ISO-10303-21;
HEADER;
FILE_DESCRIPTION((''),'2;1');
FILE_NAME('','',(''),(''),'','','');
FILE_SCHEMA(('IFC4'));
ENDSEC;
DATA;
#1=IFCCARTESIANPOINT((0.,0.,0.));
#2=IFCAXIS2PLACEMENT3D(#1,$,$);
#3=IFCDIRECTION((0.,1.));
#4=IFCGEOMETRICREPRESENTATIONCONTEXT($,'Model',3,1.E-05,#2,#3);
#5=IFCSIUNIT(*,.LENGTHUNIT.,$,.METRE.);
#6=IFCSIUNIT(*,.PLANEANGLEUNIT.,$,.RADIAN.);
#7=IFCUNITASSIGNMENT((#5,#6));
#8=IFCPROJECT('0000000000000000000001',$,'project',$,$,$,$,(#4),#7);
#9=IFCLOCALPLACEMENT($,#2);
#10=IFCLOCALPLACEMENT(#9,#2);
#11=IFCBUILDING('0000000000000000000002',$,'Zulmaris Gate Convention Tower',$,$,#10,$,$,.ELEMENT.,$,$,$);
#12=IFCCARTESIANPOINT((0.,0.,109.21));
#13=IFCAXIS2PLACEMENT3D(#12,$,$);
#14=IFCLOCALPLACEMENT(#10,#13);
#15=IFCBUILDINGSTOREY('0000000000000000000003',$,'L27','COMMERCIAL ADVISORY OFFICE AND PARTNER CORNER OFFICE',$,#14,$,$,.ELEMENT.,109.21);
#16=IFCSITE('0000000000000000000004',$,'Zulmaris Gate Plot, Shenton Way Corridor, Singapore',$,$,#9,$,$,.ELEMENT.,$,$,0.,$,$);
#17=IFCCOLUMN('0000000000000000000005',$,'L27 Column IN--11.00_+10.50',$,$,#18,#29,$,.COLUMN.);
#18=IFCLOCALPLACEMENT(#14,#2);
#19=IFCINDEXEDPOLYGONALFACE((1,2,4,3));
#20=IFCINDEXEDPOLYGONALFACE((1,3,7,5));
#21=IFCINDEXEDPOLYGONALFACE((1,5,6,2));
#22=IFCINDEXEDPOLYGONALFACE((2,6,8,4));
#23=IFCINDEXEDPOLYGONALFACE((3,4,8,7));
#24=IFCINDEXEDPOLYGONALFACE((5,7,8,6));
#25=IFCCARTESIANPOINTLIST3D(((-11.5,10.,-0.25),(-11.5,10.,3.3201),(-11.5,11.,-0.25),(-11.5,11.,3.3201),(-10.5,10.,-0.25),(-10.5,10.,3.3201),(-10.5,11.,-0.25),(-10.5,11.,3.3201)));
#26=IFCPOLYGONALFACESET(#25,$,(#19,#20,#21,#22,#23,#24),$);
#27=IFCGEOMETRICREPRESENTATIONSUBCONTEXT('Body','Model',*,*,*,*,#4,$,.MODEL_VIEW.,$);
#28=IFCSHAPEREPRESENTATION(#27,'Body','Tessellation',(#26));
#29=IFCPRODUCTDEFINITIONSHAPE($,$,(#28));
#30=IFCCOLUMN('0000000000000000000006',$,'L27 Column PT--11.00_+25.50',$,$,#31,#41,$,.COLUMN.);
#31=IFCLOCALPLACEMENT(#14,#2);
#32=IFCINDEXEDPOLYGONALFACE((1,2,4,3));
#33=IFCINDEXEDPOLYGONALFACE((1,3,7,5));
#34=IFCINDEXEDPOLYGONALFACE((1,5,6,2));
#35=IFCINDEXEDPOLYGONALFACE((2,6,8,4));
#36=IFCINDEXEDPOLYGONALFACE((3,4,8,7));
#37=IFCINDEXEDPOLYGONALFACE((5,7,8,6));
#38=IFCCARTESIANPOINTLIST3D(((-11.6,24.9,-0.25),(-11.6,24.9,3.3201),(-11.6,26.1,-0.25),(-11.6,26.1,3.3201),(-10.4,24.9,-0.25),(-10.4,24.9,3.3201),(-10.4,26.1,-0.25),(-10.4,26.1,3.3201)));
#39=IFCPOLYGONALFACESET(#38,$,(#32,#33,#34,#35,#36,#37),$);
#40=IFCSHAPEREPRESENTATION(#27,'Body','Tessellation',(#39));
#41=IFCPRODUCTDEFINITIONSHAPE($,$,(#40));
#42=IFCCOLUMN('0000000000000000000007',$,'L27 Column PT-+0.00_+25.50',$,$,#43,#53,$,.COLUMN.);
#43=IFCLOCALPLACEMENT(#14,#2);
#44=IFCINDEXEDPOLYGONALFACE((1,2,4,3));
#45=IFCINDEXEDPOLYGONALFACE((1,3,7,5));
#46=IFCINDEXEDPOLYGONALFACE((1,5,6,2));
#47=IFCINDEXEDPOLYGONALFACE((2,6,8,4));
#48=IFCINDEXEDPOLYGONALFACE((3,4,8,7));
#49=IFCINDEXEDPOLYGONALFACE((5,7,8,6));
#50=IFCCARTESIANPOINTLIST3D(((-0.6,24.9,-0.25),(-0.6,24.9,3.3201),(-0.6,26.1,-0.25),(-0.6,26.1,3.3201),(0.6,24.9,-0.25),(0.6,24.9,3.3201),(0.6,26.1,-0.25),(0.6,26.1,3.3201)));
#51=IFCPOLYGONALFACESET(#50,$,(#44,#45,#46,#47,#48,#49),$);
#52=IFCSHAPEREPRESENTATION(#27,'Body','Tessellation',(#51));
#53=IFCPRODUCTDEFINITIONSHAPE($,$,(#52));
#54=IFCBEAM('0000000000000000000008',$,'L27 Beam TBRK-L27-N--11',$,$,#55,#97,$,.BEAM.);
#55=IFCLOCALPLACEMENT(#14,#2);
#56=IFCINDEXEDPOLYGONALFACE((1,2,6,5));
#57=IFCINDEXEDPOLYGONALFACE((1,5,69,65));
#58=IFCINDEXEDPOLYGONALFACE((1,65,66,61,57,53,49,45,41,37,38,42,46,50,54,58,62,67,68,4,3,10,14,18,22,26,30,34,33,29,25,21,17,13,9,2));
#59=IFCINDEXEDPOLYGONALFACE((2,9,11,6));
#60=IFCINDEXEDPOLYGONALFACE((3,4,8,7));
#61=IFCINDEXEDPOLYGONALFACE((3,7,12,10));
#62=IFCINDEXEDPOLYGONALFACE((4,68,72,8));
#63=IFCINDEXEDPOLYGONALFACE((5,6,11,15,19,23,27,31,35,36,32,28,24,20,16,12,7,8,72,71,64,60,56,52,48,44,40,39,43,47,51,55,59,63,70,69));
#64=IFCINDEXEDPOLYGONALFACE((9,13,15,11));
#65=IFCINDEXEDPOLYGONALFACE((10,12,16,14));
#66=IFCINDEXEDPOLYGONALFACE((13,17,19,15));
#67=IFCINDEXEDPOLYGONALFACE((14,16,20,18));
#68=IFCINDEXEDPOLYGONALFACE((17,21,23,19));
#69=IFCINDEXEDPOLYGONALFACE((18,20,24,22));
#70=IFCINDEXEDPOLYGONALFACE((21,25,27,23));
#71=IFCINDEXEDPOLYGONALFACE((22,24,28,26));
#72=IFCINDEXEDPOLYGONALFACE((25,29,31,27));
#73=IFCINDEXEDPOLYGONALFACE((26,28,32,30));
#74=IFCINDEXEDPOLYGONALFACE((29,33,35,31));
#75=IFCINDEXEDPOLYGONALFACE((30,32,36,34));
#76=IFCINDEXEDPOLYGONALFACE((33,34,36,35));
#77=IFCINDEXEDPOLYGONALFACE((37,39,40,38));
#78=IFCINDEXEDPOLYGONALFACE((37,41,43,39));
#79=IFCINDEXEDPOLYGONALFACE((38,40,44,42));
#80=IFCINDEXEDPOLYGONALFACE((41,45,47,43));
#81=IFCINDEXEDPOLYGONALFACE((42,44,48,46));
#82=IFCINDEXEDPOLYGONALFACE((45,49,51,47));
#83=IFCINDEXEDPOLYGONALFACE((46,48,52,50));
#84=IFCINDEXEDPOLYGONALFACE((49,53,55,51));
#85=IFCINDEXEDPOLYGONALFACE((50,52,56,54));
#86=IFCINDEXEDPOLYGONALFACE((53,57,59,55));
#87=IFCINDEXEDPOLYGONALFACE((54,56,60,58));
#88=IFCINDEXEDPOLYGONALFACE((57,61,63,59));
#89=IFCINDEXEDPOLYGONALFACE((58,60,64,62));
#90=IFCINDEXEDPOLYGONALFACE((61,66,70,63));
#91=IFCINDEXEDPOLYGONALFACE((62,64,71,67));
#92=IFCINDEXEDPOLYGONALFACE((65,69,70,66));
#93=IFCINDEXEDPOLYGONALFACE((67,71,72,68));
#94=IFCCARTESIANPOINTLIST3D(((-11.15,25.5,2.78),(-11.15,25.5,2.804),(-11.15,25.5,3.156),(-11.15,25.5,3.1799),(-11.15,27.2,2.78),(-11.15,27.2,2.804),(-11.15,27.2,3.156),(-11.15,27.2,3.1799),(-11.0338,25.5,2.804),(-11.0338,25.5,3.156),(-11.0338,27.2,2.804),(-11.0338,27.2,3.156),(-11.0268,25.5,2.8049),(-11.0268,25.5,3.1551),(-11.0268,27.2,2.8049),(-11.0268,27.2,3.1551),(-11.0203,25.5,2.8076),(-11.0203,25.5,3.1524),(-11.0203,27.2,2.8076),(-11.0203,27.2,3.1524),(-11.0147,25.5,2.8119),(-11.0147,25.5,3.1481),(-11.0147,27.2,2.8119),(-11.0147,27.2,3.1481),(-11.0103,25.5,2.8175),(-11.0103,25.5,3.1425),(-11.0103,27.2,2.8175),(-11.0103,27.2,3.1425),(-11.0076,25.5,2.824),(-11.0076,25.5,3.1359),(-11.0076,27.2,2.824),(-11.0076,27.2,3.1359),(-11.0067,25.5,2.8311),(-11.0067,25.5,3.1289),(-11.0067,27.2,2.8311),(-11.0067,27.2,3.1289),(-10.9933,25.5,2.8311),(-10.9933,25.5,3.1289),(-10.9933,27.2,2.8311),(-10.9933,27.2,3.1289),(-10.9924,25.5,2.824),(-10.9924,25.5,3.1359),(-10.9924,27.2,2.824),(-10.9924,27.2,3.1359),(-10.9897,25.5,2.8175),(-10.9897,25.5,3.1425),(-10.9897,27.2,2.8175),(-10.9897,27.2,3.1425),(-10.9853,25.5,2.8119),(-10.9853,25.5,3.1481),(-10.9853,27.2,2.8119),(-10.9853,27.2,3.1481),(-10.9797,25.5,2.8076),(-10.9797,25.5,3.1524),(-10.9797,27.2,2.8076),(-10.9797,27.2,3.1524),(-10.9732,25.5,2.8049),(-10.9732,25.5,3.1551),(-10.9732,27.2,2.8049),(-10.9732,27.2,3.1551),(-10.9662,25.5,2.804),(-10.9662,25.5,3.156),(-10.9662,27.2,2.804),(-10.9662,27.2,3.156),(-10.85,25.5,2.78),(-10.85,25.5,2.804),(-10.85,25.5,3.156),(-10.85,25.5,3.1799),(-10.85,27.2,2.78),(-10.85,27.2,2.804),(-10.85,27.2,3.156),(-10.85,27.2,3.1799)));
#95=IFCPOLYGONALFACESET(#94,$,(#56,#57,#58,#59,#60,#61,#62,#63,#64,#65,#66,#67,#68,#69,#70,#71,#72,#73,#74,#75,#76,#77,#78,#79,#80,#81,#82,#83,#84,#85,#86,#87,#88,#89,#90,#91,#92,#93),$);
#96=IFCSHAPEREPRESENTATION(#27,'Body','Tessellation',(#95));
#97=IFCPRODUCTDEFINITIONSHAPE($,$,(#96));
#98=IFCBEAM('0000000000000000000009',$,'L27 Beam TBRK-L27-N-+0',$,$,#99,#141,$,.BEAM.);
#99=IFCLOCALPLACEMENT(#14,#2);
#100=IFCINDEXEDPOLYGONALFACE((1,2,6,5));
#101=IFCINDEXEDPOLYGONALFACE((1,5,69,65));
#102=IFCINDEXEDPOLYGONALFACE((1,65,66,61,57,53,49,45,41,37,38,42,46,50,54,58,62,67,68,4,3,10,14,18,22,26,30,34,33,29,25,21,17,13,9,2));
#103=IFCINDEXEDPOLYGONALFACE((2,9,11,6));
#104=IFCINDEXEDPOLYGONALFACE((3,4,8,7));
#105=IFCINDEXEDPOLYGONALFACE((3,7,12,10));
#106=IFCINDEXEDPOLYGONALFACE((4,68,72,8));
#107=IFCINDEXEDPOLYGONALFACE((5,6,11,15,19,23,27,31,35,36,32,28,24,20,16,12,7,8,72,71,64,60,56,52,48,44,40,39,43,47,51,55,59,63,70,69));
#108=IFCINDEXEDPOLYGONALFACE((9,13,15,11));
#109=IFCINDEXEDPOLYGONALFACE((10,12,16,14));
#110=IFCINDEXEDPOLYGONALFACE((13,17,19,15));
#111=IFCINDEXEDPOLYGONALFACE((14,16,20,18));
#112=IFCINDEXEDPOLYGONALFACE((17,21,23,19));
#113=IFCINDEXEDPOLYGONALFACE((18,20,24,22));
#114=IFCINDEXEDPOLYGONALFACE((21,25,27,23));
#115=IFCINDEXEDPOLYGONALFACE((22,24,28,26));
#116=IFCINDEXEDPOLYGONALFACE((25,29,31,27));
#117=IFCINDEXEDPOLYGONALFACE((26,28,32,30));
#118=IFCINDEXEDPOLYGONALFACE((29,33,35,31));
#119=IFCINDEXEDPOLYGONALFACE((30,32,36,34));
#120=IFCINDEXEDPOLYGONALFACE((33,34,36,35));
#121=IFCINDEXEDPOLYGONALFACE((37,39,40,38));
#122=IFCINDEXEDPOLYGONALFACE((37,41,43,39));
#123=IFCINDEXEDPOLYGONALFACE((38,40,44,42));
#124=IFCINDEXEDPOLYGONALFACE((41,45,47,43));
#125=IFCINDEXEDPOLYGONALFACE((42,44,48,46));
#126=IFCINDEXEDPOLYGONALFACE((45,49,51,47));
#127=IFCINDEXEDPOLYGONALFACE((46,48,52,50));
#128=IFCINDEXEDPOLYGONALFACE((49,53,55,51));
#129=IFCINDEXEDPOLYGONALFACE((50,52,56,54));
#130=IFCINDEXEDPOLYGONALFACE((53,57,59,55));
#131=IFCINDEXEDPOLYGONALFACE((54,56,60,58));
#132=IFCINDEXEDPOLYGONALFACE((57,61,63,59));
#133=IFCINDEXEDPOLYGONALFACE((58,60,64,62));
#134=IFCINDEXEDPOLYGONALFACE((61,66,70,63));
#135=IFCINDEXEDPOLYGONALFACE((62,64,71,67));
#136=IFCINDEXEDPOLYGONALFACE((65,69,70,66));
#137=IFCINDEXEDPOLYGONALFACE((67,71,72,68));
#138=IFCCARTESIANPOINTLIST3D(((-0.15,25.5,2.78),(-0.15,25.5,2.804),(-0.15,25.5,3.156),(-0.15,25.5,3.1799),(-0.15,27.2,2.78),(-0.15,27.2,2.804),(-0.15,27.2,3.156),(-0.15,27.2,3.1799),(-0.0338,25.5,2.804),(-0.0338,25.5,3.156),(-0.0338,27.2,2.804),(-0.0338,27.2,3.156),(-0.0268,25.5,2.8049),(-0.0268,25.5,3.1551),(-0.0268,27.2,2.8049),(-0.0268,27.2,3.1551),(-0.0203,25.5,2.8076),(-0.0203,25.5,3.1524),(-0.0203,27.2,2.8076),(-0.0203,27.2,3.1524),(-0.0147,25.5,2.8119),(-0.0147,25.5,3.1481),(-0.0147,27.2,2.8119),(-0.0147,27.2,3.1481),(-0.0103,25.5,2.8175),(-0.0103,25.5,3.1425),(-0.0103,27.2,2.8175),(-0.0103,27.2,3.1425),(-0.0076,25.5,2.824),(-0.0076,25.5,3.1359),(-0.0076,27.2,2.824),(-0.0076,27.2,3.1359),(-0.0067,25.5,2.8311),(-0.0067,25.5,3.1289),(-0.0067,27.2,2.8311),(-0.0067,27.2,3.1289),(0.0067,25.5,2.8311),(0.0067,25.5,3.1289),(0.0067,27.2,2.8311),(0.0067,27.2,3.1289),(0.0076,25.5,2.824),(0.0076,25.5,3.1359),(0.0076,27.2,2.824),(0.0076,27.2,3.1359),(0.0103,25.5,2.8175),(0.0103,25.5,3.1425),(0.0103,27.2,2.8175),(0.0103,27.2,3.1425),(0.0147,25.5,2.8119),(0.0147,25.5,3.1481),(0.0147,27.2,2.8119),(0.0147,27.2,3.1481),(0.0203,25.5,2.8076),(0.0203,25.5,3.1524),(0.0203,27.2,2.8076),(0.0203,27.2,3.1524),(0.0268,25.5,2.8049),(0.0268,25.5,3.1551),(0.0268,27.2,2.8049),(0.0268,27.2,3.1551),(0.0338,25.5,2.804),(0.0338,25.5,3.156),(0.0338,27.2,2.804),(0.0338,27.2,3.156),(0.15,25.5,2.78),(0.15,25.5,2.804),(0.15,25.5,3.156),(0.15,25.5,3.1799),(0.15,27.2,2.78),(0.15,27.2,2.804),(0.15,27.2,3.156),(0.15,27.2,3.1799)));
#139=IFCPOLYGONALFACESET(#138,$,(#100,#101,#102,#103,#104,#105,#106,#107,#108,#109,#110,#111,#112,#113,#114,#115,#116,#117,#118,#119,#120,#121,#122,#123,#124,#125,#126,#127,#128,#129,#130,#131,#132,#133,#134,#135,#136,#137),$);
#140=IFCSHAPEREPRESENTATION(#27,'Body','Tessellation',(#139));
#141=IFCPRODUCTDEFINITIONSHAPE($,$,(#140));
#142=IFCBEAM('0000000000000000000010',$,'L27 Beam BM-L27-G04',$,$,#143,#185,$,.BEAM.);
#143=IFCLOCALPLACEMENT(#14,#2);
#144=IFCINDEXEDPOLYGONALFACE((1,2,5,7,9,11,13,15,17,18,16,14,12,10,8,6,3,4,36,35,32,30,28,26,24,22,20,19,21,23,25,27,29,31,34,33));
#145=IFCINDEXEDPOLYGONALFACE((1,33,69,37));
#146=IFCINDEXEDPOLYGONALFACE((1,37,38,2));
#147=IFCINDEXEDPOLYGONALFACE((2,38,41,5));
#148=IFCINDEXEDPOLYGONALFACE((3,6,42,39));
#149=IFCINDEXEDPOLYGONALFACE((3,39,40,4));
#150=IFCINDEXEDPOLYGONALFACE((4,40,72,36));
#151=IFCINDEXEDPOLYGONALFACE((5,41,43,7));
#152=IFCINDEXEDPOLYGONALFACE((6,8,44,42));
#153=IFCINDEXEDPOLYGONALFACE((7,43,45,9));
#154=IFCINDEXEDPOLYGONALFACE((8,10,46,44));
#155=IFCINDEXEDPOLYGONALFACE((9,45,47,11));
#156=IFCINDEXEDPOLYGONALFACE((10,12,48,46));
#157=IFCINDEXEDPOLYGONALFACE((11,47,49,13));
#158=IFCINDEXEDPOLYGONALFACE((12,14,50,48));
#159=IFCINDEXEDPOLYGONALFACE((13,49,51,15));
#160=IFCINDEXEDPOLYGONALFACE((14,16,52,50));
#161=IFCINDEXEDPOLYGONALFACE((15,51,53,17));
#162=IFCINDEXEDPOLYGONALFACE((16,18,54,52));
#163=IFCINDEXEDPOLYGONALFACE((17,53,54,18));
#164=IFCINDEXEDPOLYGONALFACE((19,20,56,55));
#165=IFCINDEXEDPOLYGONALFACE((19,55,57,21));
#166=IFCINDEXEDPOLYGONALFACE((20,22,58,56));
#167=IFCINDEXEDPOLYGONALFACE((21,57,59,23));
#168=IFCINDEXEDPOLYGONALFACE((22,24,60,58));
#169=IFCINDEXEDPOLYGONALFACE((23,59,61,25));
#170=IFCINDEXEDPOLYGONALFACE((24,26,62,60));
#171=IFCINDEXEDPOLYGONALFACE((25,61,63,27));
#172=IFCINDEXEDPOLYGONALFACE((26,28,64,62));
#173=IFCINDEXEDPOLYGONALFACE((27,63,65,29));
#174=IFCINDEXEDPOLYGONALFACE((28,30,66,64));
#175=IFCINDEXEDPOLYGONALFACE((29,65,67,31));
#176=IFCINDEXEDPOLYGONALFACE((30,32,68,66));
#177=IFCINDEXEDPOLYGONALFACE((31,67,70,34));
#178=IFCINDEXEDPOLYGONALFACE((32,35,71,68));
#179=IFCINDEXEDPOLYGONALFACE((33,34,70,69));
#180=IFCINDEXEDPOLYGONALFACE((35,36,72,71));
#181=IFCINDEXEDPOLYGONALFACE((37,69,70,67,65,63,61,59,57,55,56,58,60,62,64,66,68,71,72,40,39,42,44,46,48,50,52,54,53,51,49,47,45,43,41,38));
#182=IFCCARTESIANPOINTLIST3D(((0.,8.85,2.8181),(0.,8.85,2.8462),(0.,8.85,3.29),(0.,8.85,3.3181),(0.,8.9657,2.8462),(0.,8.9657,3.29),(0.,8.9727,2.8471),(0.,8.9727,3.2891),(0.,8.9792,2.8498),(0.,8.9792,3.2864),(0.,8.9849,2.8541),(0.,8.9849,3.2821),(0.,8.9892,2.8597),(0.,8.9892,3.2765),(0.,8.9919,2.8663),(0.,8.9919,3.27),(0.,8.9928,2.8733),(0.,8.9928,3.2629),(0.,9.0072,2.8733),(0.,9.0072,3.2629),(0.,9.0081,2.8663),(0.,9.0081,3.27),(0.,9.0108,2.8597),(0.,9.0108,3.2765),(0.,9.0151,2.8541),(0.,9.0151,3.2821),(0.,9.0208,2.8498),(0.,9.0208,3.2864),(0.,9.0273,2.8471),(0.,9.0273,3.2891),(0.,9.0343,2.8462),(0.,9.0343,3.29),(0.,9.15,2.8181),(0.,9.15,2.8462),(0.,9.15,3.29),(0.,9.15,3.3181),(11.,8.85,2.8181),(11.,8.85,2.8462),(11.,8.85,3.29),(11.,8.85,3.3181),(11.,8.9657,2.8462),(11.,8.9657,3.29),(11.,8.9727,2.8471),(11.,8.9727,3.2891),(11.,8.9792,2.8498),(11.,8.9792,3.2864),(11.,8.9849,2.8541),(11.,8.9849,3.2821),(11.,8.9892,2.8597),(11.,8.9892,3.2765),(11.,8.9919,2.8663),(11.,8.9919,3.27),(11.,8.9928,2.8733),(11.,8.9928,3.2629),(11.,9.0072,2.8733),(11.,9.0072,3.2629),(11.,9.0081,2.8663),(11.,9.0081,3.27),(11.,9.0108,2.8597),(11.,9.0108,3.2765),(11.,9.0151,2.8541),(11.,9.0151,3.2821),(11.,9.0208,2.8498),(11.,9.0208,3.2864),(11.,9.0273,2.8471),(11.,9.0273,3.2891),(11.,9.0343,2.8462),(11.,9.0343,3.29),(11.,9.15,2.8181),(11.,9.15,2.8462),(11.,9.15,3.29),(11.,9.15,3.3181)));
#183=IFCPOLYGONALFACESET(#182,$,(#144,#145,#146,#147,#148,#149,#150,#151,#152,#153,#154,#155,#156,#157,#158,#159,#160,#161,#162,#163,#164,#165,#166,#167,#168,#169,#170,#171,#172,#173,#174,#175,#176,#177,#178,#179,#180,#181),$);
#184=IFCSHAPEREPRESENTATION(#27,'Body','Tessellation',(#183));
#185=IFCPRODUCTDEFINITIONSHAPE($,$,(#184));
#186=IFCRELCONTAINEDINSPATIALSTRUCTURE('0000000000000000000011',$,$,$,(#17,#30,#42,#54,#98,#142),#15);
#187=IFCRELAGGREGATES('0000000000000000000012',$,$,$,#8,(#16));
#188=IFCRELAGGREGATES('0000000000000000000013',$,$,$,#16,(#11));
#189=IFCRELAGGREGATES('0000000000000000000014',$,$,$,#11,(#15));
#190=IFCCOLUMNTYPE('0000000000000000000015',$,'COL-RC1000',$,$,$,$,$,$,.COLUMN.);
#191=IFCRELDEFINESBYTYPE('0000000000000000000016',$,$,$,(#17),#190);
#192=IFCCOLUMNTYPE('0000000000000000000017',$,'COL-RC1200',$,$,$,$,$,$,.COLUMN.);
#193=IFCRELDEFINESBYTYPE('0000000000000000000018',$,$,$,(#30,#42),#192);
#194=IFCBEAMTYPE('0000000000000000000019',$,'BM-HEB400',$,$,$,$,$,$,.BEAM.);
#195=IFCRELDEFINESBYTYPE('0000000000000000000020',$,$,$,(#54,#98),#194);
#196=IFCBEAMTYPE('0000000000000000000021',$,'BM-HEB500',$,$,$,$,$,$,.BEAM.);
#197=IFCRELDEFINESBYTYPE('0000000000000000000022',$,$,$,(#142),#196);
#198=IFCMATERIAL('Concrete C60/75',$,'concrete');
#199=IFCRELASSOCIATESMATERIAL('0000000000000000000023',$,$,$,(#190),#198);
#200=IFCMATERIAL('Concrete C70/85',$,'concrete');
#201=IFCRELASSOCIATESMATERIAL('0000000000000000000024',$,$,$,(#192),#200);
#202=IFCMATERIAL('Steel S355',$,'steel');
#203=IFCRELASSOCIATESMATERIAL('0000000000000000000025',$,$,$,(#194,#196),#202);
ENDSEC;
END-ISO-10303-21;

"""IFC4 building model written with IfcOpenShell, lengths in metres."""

from ifc_helpers import new_model, si_unit, direction, frame, origin, origin_2d, place, context, subcontext, project, spatial, rectangle, i_section, extrude, material, material_profile, profile_set, type_object, element, save


model = new_model("IFC4")

# Units and contexts
model_context = context("Model", 3, precision=1e-05, world=origin(), true_north=direction((0.0, 1.0)))
body_context = subcontext(model_context, "Body", "Model", "MODEL_VIEW")
ifc_project = project(units=[si_unit("LENGTHUNIT", "METRE"), si_unit("PLANEANGLEUNIT", "RADIAN")], contexts=[model_context])

# Site, building, storey
site_placement = place(None, origin())
site = spatial("IfcSite", under=ifc_project, at=site_placement, Name="Zulmaris Gate Plot, Shenton Way Corridor, Singapore", CompositionType="ELEMENT", RefElevation=0.0)
building_placement = place(site_placement, origin())
building = spatial("IfcBuilding", under=site, at=building_placement, Name="Zulmaris Gate Convention Tower", CompositionType="ELEMENT")
storey_placement = place(building_placement, frame((0.0, 0.0, 109.21)))
storey = spatial("IfcBuildingStorey", under=building, at=storey_placement, Name="L27", Description="COMMERCIAL ADVISORY OFFICE AND PARTNER CORNER OFFICE", CompositionType="ELEMENT", Elevation=109.21)

# Columns
ifc_material_1 = material(Name="Concrete C60/75", Category="concrete")
ifc_material_profile_1 = material_profile(ifc_material_1, rectangle(XDim=1.0, YDim=1.0, at=origin_2d()), Name="RC COL 1000x1000")
ifc_profile_set_1 = profile_set([ifc_material_profile_1], Name="Concrete C60/75")
column_type_1 = type_object("IfcColumnType", Name="COL-RC1000", PredefinedType="COLUMN", material=ifc_profile_set_1)
column_placement = place(storey_placement, frame((-11.0, 10.5, -0.25), z_axis=(0.0, 0.0, 1.0), x_axis=(1.0, 0.0, 0.0)))
element("IfcColumn", 1, at=column_placement, inside=storey, type_object=column_type_1, Name="L27 Column IN--11.00_+10.50", PredefinedType="COLUMN", context=body_context, shape_type="SweptSolid", body=[
    extrude(rectangle(XDim=1.0, YDim=1.0, at=origin_2d()), origin(), (0.0, 0.0, 1.0), 3.5701),
])
ifc_material_2 = material(Name="Concrete C70/85", Category="concrete")
ifc_material_profile_2 = material_profile(ifc_material_2, rectangle(XDim=1.2, YDim=1.2, at=origin_2d()), Name="RC COL 1200x1200")
ifc_profile_set_2 = profile_set([ifc_material_profile_2], Name="Concrete C70/85")
column_type_2 = type_object("IfcColumnType", Name="COL-RC1200", PredefinedType="COLUMN", material=ifc_profile_set_2)
for number, where, z_axis, x_axis, name in (
    (2, (-11.0, 25.5, -0.25), (0.0, 0.0, 1.0), (1.0, 0.0, 0.0), "L27 Column PT--11.00_+25.50"),
    (3, (0.0, 25.5, -0.25), (0.0, 0.0, 1.0), (1.0, 0.0, 0.0), "L27 Column PT-+0.00_+25.50"),
):
    element("IfcColumn", number, at=place(storey_placement, frame(where, z_axis=z_axis, x_axis=x_axis)), inside=storey, type_object=column_type_2, Name=name, PredefinedType="COLUMN", context=body_context, shape_type="SweptSolid", body=[
        extrude(rectangle(XDim=1.2, YDim=1.2, at=origin_2d()), origin(), (0.0, 0.0, 1.0), 3.5701),
    ])

# Beams
ifc_material_3 = material(Name="Steel S355", Category="steel")
ifc_material_profile_3 = material_profile(ifc_material_3, i_section(OverallWidth=0.3, OverallDepth=0.3999, WebThickness=0.0134, FlangeThickness=0.0239, FilletRadius=0.0271, at=origin_2d()), Name="HEB 400")
ifc_profile_set_3 = profile_set([ifc_material_profile_3], Name="Steel S355")
beam_type_1 = type_object("IfcBeamType", Name="BM-HEB400", PredefinedType="BEAM", material=ifc_profile_set_3)
for number, where, z_axis, x_axis, name in (
    (4, (-11.0, 25.5, 2.98), (0.0, 1.0, 0.0), (-1.0, 0.0, 0.0), "L27 Beam TBRK-L27-N--11"),
    (5, (0.0, 25.5, 2.98), (0.0, 1.0, 0.0), (-1.0, 0.0, 0.0), "L27 Beam TBRK-L27-N-+0"),
):
    element("IfcBeam", number, at=place(storey_placement, frame(where, z_axis=z_axis, x_axis=x_axis)), inside=storey, type_object=beam_type_1, Name=name, PredefinedType="BEAM", context=body_context, shape_type="SweptSolid", body=[
        extrude(i_section(OverallWidth=0.3, OverallDepth=0.3999, WebThickness=0.0134, FlangeThickness=0.0239, FilletRadius=0.0271, at=origin_2d()), origin(), (0.0, 0.0, 1.0), 1.7),
    ])
ifc_material_profile_4 = material_profile(ifc_material_3, i_section(OverallWidth=0.3, OverallDepth=0.5, WebThickness=0.0144, FlangeThickness=0.0281, FilletRadius=0.0271, at=origin_2d()), Name="HEB 500")
ifc_profile_set_4 = profile_set([ifc_material_profile_4], Name="Steel S355")
beam_type_2 = type_object("IfcBeamType", Name="BM-HEB500", PredefinedType="BEAM", material=ifc_profile_set_4)
beam_1_placement = place(storey_placement, frame((0.0, 9.0, 3.0681), z_axis=(1.0, 0.0, 0.0), x_axis=(0.0, 1.0, 0.0)))
element("IfcBeam", 6, at=beam_1_placement, inside=storey, type_object=beam_type_2, Name="L27 Beam BM-L27-G04", PredefinedType="BEAM", context=body_context, shape_type="SweptSolid", body=[
    extrude(i_section(OverallWidth=0.3, OverallDepth=0.5, WebThickness=0.0144, FlangeThickness=0.0281, FilletRadius=0.0271, at=origin_2d()), origin(), (0.0, 0.0, 1.0), 11.0),
])

save(model, "model.ifc")
